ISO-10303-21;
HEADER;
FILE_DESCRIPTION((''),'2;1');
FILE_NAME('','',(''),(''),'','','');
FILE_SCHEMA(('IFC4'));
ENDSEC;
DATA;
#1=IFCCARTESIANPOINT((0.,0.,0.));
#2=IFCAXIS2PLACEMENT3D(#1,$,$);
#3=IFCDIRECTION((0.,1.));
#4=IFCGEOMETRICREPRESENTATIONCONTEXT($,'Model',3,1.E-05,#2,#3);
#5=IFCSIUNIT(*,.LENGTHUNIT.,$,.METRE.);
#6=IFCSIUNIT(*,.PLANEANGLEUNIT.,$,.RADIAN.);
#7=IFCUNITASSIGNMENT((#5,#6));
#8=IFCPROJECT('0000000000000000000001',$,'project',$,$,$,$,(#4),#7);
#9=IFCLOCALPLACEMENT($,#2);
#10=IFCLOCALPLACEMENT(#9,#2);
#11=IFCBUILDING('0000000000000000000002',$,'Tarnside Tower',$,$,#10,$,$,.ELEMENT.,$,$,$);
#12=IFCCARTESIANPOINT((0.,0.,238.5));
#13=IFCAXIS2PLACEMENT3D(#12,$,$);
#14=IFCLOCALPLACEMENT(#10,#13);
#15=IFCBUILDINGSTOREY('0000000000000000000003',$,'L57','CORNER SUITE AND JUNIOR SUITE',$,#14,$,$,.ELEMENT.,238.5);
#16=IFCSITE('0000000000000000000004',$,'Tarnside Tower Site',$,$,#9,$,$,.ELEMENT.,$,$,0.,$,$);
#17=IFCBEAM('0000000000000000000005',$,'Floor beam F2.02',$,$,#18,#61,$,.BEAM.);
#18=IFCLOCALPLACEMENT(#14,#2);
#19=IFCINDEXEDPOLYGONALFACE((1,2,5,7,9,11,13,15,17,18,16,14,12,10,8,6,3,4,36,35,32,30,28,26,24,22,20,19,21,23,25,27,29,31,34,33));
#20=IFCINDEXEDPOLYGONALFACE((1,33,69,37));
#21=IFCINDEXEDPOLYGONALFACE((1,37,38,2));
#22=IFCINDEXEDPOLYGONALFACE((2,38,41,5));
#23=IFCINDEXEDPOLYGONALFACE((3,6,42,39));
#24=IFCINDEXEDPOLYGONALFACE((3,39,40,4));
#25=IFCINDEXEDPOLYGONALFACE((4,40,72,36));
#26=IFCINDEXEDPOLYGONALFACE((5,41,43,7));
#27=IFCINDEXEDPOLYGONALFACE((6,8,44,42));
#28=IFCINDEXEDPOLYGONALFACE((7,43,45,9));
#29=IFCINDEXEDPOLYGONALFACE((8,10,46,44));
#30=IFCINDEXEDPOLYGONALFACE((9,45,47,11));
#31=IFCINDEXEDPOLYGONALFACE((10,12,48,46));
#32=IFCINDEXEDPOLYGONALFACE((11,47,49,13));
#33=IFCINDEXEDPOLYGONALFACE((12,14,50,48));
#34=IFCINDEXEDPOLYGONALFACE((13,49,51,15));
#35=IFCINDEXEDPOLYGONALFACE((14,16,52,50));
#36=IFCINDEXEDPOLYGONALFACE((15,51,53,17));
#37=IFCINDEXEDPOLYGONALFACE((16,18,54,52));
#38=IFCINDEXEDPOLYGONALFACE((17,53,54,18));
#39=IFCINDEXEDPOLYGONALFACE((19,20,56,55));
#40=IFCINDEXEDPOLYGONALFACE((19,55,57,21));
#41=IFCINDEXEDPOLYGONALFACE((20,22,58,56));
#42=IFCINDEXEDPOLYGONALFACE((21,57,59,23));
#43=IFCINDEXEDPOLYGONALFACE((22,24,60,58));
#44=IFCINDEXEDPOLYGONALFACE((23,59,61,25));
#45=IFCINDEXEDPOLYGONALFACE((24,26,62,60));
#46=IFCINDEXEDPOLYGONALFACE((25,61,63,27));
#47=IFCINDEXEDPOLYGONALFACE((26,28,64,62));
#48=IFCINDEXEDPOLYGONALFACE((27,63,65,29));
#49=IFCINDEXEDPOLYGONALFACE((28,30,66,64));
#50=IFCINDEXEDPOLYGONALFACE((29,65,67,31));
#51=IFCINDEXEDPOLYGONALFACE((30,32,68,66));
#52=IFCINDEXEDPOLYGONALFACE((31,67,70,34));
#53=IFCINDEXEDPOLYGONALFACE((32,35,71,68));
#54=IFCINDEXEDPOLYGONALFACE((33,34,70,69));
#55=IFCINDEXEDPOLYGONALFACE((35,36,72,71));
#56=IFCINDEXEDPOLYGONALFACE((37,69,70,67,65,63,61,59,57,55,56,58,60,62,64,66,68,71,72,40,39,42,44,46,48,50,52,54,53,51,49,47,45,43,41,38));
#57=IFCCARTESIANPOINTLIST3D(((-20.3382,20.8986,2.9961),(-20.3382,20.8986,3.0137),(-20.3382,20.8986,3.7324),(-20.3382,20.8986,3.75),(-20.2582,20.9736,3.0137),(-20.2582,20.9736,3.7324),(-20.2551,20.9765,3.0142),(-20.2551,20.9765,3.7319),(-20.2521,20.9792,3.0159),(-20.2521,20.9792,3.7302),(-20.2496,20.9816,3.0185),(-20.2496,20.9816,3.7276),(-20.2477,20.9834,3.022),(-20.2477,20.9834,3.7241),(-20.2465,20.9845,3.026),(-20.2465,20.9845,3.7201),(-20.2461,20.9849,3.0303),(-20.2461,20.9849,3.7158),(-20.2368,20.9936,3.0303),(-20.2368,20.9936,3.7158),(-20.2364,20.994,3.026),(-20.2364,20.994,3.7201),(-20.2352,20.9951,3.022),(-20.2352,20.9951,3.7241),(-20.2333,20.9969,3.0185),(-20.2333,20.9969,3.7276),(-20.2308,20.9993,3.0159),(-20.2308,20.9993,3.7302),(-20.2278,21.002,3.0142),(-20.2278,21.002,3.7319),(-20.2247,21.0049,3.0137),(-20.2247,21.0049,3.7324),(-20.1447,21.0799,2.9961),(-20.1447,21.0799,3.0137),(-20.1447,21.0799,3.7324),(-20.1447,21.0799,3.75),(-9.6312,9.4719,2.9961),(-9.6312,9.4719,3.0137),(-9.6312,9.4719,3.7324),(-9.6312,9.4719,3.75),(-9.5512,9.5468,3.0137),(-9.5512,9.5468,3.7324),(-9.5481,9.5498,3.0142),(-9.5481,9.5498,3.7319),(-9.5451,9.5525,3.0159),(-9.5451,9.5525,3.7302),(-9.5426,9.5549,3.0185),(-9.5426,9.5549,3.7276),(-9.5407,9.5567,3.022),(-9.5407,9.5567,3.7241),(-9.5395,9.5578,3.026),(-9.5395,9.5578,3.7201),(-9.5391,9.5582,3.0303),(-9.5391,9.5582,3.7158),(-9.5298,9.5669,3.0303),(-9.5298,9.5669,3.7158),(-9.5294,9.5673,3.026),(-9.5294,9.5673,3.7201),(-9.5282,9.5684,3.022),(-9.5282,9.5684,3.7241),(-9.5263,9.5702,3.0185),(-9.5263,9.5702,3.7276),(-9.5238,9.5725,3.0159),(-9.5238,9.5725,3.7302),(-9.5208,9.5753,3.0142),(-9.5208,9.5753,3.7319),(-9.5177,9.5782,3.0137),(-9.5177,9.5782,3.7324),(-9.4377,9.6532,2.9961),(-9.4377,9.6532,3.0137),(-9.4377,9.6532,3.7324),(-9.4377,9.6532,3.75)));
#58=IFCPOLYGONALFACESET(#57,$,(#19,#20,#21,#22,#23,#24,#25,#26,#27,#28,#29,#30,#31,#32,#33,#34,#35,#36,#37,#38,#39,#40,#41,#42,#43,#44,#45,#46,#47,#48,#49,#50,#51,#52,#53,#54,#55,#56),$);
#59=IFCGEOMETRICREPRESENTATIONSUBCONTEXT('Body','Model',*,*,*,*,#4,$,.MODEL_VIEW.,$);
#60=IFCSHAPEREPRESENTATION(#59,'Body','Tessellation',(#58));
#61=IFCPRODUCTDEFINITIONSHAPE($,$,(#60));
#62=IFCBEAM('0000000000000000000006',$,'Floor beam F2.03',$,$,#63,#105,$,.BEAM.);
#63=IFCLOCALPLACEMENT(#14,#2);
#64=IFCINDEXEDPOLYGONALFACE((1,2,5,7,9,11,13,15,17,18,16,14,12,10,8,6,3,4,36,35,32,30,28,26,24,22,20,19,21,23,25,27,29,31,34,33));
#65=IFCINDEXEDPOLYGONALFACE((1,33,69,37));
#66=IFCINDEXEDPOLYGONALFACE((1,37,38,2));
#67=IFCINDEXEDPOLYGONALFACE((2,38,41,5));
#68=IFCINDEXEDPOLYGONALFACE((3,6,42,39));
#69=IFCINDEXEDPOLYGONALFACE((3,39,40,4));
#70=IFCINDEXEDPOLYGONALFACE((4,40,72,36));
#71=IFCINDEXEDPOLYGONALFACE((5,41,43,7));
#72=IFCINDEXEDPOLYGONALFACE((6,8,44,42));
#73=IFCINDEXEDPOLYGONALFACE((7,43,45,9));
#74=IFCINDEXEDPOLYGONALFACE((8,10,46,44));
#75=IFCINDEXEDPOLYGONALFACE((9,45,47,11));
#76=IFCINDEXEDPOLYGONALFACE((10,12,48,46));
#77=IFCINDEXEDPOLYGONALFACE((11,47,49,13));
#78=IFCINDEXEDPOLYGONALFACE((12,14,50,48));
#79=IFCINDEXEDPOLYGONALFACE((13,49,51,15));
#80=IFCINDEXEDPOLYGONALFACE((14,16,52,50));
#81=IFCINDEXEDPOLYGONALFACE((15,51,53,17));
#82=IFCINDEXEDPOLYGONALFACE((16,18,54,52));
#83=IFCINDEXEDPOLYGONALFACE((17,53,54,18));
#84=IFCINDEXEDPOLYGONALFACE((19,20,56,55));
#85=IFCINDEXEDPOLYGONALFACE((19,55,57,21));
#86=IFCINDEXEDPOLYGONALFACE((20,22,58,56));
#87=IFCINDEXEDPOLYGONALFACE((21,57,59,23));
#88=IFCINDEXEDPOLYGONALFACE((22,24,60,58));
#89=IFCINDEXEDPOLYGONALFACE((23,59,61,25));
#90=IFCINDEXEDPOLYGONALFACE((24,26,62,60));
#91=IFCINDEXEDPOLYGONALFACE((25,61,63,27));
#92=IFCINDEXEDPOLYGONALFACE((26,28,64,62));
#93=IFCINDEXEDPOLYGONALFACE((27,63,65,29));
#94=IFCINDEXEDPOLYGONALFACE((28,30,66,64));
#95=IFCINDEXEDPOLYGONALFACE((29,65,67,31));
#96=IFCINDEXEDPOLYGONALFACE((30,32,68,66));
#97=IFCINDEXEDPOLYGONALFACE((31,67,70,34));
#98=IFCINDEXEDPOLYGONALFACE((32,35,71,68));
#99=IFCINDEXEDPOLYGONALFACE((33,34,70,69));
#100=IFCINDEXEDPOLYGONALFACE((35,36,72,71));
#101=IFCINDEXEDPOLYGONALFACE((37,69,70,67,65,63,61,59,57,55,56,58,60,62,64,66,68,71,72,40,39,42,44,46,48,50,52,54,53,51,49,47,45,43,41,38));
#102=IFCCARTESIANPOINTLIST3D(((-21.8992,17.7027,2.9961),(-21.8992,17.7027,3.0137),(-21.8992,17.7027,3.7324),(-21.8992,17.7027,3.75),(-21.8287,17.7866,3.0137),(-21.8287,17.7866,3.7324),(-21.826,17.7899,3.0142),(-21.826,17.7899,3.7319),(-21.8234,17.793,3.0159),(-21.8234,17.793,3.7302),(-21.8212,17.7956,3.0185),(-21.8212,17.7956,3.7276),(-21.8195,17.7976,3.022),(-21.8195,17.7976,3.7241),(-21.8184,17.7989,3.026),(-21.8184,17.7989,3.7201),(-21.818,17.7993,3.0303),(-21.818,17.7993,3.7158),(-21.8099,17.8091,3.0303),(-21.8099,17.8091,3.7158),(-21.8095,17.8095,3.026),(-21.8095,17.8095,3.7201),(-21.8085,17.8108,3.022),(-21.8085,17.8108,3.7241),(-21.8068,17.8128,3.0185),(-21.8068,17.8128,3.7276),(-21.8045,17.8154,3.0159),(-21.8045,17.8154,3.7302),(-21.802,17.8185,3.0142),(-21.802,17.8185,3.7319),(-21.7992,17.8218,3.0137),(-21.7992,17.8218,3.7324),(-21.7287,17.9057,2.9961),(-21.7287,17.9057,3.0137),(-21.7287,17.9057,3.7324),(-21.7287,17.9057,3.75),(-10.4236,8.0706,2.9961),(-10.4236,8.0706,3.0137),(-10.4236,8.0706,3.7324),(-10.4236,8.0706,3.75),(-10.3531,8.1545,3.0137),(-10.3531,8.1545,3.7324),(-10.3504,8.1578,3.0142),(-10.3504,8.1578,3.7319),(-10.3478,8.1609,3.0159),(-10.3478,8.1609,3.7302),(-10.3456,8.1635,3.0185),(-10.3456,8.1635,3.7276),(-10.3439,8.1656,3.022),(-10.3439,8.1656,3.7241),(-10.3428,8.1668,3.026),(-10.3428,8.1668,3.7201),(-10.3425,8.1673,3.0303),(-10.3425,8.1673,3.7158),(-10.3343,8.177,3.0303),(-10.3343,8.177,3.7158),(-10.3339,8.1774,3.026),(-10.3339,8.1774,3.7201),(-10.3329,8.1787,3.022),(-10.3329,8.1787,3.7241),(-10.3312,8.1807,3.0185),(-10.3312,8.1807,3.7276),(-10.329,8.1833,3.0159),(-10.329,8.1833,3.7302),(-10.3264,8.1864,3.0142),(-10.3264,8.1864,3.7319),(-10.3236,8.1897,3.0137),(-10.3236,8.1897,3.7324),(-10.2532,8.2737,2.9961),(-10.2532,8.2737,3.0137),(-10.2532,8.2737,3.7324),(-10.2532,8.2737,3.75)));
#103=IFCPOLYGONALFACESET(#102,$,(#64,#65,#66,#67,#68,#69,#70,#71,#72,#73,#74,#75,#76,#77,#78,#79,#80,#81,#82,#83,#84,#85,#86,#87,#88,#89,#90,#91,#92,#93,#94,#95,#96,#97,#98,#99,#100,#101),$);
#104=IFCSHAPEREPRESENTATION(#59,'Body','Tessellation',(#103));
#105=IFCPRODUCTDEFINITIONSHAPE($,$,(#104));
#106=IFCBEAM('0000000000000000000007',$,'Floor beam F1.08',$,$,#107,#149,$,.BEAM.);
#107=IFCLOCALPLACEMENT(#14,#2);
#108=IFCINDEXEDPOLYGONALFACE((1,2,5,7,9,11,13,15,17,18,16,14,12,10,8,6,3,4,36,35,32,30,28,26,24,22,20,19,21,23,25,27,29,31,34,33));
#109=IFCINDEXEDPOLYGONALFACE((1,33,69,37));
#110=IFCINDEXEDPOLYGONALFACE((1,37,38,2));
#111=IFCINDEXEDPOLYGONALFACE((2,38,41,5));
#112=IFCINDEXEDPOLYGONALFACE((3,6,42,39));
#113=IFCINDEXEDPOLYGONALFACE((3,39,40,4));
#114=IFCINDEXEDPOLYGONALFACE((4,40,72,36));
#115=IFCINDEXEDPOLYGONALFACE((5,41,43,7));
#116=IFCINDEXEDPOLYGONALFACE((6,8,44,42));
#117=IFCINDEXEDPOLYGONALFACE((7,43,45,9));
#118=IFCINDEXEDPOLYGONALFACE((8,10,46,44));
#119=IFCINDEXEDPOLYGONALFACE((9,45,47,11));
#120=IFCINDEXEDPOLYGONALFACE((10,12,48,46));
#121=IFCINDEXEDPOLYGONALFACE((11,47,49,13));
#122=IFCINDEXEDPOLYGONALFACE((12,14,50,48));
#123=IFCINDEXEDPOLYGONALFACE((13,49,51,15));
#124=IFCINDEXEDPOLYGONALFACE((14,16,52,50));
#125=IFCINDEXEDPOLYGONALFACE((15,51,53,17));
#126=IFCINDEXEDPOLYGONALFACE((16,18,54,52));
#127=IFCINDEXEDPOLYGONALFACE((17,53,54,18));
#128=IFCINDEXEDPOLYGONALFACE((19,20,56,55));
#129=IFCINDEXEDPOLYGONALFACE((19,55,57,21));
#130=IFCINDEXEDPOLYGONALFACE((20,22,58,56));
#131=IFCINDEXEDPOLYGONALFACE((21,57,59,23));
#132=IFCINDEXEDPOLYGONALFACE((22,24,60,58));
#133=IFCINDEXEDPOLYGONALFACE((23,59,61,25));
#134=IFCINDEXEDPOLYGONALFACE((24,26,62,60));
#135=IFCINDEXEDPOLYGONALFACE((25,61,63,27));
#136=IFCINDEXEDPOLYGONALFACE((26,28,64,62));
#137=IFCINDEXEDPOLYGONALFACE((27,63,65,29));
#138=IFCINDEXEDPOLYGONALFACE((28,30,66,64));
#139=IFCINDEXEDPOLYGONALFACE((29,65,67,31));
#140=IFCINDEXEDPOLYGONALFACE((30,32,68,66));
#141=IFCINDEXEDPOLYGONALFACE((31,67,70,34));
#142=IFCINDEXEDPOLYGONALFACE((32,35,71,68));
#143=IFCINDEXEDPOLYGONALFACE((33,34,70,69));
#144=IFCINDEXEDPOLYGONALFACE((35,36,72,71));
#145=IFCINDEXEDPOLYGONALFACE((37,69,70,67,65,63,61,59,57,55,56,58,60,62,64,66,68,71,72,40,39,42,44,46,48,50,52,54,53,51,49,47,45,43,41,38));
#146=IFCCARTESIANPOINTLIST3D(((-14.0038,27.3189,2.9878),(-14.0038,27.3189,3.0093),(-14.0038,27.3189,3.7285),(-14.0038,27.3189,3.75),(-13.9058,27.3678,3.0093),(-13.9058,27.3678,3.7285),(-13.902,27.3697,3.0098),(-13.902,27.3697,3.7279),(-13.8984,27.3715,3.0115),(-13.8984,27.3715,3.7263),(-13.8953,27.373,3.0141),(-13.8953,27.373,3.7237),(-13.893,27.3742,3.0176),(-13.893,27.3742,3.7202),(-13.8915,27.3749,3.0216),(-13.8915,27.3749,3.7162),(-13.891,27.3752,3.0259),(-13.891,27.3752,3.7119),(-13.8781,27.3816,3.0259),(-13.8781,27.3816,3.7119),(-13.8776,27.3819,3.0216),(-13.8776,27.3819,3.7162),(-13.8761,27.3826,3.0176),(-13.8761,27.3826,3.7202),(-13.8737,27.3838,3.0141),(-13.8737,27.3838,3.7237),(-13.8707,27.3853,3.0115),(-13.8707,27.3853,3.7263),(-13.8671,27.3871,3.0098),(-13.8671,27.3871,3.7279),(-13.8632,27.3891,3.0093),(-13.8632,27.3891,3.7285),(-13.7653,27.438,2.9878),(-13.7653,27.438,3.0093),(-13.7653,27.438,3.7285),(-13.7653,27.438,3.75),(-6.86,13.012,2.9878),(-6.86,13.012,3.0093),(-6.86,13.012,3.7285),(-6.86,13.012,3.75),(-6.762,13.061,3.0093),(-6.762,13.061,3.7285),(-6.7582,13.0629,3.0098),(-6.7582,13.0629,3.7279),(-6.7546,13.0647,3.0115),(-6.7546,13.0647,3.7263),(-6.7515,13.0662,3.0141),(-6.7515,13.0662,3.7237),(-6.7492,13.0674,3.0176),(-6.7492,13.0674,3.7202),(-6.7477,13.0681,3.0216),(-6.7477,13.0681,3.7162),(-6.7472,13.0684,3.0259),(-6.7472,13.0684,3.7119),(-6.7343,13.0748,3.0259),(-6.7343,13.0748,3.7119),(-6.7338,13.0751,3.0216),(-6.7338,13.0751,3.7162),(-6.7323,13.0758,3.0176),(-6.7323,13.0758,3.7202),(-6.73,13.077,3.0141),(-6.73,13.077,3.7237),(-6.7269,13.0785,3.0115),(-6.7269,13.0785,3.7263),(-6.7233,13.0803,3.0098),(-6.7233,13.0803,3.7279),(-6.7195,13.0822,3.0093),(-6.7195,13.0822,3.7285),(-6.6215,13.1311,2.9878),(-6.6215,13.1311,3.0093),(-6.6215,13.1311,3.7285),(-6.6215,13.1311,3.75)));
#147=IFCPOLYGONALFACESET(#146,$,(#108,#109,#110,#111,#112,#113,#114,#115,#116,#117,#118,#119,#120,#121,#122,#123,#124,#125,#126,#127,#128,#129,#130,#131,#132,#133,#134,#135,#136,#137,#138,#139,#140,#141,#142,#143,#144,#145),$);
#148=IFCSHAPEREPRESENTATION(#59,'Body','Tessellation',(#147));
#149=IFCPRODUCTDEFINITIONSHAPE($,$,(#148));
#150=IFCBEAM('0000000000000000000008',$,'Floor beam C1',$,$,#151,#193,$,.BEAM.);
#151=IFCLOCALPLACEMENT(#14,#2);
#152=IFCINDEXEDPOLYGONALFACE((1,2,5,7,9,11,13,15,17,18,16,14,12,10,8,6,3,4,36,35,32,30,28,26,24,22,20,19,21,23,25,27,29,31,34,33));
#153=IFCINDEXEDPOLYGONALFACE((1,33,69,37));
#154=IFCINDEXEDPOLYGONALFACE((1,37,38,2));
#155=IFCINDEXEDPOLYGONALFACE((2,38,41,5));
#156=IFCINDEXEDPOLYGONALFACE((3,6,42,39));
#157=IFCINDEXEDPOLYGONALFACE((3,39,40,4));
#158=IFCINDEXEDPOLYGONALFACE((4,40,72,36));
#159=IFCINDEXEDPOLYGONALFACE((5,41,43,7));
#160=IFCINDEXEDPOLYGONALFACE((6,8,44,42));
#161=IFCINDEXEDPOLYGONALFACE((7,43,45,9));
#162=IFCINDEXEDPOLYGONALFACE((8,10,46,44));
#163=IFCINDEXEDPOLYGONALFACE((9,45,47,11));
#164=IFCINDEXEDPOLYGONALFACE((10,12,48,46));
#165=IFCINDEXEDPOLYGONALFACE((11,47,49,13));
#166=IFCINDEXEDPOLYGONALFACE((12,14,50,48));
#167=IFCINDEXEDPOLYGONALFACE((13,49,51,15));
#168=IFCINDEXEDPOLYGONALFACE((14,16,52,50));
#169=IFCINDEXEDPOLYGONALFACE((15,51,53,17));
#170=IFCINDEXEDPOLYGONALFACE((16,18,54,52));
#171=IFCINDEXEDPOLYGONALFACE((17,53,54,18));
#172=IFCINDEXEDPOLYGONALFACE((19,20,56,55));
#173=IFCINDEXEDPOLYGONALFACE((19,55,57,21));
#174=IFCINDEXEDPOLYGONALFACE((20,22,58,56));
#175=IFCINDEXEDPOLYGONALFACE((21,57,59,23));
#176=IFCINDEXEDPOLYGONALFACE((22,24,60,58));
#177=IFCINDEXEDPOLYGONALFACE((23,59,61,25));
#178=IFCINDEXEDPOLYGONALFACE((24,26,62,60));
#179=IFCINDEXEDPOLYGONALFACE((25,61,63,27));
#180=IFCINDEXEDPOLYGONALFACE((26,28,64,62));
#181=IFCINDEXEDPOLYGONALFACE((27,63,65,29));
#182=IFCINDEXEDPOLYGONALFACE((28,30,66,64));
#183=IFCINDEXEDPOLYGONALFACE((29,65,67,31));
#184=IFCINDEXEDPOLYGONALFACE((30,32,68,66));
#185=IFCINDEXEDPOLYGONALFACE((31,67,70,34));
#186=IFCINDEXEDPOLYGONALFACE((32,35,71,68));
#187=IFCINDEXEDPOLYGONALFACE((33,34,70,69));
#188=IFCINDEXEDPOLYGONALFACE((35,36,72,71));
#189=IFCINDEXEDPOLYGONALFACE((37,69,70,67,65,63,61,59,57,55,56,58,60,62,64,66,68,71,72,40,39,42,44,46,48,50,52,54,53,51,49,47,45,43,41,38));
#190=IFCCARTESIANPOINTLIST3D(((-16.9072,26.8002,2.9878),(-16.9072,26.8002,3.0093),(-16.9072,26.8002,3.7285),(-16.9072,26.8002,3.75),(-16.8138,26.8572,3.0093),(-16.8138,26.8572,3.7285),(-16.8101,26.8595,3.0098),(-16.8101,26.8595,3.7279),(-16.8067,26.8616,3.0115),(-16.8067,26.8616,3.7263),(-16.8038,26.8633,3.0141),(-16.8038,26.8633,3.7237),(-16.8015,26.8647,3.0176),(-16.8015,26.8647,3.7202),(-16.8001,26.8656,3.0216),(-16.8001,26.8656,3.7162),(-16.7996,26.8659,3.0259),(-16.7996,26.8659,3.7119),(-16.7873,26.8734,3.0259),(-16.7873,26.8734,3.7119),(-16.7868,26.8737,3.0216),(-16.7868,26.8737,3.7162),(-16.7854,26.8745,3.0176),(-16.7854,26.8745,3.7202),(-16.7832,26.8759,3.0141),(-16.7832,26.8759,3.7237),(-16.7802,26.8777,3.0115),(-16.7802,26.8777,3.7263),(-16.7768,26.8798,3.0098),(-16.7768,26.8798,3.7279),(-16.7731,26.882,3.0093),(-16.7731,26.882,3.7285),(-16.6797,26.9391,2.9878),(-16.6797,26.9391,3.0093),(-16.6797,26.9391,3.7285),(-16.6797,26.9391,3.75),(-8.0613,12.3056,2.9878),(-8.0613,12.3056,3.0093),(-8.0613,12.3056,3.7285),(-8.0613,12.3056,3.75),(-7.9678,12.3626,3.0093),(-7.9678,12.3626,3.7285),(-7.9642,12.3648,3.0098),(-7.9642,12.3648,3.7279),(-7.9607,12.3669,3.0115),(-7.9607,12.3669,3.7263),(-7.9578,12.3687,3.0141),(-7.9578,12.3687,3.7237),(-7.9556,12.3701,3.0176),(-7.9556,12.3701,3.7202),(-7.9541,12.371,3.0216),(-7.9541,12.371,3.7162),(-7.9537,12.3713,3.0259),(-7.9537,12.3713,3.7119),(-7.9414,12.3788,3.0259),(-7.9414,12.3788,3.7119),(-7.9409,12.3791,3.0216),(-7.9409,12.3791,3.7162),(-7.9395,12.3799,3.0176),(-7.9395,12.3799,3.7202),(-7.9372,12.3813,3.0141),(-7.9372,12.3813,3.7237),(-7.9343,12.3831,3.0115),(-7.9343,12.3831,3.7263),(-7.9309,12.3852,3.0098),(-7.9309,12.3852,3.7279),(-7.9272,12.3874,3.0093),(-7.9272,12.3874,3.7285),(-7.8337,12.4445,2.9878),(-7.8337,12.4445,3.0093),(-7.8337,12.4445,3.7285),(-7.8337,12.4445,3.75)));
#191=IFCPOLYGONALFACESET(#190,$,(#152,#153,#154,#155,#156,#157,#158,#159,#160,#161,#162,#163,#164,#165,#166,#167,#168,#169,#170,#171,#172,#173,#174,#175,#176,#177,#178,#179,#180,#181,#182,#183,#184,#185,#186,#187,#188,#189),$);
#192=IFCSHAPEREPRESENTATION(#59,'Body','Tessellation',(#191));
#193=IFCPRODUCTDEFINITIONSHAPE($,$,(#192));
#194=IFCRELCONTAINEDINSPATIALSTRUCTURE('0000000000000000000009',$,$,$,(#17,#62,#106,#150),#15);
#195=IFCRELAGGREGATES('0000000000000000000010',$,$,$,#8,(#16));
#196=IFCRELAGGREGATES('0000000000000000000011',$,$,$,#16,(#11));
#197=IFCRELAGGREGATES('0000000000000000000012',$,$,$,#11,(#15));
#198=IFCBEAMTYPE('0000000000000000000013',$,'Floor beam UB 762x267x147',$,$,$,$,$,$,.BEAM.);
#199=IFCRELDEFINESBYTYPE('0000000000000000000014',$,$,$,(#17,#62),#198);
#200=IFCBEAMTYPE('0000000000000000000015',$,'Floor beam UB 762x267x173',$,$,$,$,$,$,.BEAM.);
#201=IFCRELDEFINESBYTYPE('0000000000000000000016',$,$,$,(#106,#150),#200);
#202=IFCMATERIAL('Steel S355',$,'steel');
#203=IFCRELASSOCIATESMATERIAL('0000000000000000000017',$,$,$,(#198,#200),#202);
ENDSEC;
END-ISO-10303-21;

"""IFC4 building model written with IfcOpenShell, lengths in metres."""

from ifc_helpers import new_model, si_unit, direction, frame, origin, origin_2d, place, context, subcontext, project, spatial, i_section, extrude, material, material_profile, profile_set, type_object, element, save


model = new_model("IFC4")

# Units and contexts
model_context = context("Model", 3, precision=1e-05, world=origin(), true_north=direction((0.0, 1.0)))
body_context = subcontext(model_context, "Body", "Model", "MODEL_VIEW")
ifc_project = project(units=[si_unit("LENGTHUNIT", "METRE"), si_unit("PLANEANGLEUNIT", "RADIAN")], contexts=[model_context])

# Site, building, storey
site_placement = place(None, origin())
site = spatial("IfcSite", under=ifc_project, at=site_placement, Name="Tarnside Tower Site", CompositionType="ELEMENT", RefElevation=0.0)
building_placement = place(site_placement, origin())
building = spatial("IfcBuilding", under=site, at=building_placement, Name="Tarnside Tower", CompositionType="ELEMENT")
storey_placement = place(building_placement, frame((0.0, 0.0, 238.5)))
storey = spatial("IfcBuildingStorey", under=building, at=storey_placement, Name="L57", Description="CORNER SUITE AND JUNIOR SUITE", CompositionType="ELEMENT", Elevation=238.5)

# Beams
ifc_material_1 = material(Name="Steel S355", Category="steel")
ifc_material_profile_1 = material_profile(ifc_material_1, i_section(OverallWidth=0.2651, OverallDepth=0.7539, WebThickness=0.0127, FlangeThickness=0.0176, FilletRadius=0.0166, at=origin_2d()), Name="UB 762x267x147")
ifc_profile_set_1 = profile_set([ifc_material_profile_1], Name="Steel S355")
beam_type_1 = type_object("IfcBeamType", Name="Floor beam UB 762x267x147", PredefinedType="BEAM", material=ifc_profile_set_1)
beam_1_placement = place(storey_placement, frame((-20.2415, 20.9893, 3.373), z_axis=(0.683752, -0.729714, 0.0), x_axis=(0.729714, 0.683752, 0.0)))
element("IfcBeam", 1, at=beam_1_placement, inside=storey, type_object=beam_type_1, Name="Floor beam F2.02", PredefinedType="BEAM", context=body_context, shape_type="SweptSolid", body=[
    extrude(i_section(OverallWidth=0.2651, OverallDepth=0.7539, WebThickness=0.0127, FlangeThickness=0.0176, FilletRadius=0.0166, at=origin_2d()), origin(), (0.0, 0.0, 1.0), 15.6592),
])
beam_2_placement = place(storey_placement, frame((-21.814, 17.8042, 3.373), z_axis=(0.765948, -0.642902, 0.0), x_axis=(0.642902, 0.765948, 0.0)))
element("IfcBeam", 2, at=beam_2_placement, inside=storey, type_object=beam_type_1, Name="Floor beam F2.03", PredefinedType="BEAM", context=body_context, shape_type="SweptSolid", body=[
    extrude(i_section(OverallWidth=0.2651, OverallDepth=0.7539, WebThickness=0.0127, FlangeThickness=0.0176, FilletRadius=0.0166, at=origin_2d()), origin(), (0.0, 0.0, 1.0), 14.9822),
])
ifc_material_profile_2 = material_profile(ifc_material_1, i_section(OverallWidth=0.2666, OverallDepth=0.7622, WebThickness=0.0144, FlangeThickness=0.0215, FilletRadius=0.0166, at=origin_2d()), Name="UB 762x267x173")
ifc_profile_set_2 = profile_set([ifc_material_profile_2], Name="Steel S355")
beam_type_2 = type_object("IfcBeamType", Name="Floor beam UB 762x267x173", PredefinedType="BEAM", material=ifc_profile_set_2)
beam_3_placement = place(storey_placement, frame((-13.8845, 27.3784, 3.3689), z_axis=(0.446731, -0.894668, 0.0), x_axis=(0.894668, 0.446731, 0.0)))
element("IfcBeam", 3, at=beam_3_placement, inside=storey, type_object=beam_type_2, Name="Floor beam F1.08", PredefinedType="BEAM", context=body_context, shape_type="SweptSolid", body=[
    extrude(i_section(OverallWidth=0.2666, OverallDepth=0.7622, WebThickness=0.0144, FlangeThickness=0.0215, FilletRadius=0.0166, at=origin_2d()), origin(), (0.0, 0.0, 1.0), 15.9912),
])
beam_4_placement = place(storey_placement, frame((-16.7935, 26.8696, 3.3689), z_axis=(0.52094, -0.853593, 0.0), x_axis=(0.853593, 0.52094, 0.0)))
element("IfcBeam", 4, at=beam_4_placement, inside=storey, type_object=beam_type_2, Name="Floor beam C1", PredefinedType="BEAM", context=body_context, shape_type="SweptSolid", body=[
    extrude(i_section(OverallWidth=0.2666, OverallDepth=0.7622, WebThickness=0.0144, FlangeThickness=0.0215, FilletRadius=0.0166, at=origin_2d()), origin(), (0.0, 0.0, 1.0), 16.9807),
])

save(model, "model.ifc")
